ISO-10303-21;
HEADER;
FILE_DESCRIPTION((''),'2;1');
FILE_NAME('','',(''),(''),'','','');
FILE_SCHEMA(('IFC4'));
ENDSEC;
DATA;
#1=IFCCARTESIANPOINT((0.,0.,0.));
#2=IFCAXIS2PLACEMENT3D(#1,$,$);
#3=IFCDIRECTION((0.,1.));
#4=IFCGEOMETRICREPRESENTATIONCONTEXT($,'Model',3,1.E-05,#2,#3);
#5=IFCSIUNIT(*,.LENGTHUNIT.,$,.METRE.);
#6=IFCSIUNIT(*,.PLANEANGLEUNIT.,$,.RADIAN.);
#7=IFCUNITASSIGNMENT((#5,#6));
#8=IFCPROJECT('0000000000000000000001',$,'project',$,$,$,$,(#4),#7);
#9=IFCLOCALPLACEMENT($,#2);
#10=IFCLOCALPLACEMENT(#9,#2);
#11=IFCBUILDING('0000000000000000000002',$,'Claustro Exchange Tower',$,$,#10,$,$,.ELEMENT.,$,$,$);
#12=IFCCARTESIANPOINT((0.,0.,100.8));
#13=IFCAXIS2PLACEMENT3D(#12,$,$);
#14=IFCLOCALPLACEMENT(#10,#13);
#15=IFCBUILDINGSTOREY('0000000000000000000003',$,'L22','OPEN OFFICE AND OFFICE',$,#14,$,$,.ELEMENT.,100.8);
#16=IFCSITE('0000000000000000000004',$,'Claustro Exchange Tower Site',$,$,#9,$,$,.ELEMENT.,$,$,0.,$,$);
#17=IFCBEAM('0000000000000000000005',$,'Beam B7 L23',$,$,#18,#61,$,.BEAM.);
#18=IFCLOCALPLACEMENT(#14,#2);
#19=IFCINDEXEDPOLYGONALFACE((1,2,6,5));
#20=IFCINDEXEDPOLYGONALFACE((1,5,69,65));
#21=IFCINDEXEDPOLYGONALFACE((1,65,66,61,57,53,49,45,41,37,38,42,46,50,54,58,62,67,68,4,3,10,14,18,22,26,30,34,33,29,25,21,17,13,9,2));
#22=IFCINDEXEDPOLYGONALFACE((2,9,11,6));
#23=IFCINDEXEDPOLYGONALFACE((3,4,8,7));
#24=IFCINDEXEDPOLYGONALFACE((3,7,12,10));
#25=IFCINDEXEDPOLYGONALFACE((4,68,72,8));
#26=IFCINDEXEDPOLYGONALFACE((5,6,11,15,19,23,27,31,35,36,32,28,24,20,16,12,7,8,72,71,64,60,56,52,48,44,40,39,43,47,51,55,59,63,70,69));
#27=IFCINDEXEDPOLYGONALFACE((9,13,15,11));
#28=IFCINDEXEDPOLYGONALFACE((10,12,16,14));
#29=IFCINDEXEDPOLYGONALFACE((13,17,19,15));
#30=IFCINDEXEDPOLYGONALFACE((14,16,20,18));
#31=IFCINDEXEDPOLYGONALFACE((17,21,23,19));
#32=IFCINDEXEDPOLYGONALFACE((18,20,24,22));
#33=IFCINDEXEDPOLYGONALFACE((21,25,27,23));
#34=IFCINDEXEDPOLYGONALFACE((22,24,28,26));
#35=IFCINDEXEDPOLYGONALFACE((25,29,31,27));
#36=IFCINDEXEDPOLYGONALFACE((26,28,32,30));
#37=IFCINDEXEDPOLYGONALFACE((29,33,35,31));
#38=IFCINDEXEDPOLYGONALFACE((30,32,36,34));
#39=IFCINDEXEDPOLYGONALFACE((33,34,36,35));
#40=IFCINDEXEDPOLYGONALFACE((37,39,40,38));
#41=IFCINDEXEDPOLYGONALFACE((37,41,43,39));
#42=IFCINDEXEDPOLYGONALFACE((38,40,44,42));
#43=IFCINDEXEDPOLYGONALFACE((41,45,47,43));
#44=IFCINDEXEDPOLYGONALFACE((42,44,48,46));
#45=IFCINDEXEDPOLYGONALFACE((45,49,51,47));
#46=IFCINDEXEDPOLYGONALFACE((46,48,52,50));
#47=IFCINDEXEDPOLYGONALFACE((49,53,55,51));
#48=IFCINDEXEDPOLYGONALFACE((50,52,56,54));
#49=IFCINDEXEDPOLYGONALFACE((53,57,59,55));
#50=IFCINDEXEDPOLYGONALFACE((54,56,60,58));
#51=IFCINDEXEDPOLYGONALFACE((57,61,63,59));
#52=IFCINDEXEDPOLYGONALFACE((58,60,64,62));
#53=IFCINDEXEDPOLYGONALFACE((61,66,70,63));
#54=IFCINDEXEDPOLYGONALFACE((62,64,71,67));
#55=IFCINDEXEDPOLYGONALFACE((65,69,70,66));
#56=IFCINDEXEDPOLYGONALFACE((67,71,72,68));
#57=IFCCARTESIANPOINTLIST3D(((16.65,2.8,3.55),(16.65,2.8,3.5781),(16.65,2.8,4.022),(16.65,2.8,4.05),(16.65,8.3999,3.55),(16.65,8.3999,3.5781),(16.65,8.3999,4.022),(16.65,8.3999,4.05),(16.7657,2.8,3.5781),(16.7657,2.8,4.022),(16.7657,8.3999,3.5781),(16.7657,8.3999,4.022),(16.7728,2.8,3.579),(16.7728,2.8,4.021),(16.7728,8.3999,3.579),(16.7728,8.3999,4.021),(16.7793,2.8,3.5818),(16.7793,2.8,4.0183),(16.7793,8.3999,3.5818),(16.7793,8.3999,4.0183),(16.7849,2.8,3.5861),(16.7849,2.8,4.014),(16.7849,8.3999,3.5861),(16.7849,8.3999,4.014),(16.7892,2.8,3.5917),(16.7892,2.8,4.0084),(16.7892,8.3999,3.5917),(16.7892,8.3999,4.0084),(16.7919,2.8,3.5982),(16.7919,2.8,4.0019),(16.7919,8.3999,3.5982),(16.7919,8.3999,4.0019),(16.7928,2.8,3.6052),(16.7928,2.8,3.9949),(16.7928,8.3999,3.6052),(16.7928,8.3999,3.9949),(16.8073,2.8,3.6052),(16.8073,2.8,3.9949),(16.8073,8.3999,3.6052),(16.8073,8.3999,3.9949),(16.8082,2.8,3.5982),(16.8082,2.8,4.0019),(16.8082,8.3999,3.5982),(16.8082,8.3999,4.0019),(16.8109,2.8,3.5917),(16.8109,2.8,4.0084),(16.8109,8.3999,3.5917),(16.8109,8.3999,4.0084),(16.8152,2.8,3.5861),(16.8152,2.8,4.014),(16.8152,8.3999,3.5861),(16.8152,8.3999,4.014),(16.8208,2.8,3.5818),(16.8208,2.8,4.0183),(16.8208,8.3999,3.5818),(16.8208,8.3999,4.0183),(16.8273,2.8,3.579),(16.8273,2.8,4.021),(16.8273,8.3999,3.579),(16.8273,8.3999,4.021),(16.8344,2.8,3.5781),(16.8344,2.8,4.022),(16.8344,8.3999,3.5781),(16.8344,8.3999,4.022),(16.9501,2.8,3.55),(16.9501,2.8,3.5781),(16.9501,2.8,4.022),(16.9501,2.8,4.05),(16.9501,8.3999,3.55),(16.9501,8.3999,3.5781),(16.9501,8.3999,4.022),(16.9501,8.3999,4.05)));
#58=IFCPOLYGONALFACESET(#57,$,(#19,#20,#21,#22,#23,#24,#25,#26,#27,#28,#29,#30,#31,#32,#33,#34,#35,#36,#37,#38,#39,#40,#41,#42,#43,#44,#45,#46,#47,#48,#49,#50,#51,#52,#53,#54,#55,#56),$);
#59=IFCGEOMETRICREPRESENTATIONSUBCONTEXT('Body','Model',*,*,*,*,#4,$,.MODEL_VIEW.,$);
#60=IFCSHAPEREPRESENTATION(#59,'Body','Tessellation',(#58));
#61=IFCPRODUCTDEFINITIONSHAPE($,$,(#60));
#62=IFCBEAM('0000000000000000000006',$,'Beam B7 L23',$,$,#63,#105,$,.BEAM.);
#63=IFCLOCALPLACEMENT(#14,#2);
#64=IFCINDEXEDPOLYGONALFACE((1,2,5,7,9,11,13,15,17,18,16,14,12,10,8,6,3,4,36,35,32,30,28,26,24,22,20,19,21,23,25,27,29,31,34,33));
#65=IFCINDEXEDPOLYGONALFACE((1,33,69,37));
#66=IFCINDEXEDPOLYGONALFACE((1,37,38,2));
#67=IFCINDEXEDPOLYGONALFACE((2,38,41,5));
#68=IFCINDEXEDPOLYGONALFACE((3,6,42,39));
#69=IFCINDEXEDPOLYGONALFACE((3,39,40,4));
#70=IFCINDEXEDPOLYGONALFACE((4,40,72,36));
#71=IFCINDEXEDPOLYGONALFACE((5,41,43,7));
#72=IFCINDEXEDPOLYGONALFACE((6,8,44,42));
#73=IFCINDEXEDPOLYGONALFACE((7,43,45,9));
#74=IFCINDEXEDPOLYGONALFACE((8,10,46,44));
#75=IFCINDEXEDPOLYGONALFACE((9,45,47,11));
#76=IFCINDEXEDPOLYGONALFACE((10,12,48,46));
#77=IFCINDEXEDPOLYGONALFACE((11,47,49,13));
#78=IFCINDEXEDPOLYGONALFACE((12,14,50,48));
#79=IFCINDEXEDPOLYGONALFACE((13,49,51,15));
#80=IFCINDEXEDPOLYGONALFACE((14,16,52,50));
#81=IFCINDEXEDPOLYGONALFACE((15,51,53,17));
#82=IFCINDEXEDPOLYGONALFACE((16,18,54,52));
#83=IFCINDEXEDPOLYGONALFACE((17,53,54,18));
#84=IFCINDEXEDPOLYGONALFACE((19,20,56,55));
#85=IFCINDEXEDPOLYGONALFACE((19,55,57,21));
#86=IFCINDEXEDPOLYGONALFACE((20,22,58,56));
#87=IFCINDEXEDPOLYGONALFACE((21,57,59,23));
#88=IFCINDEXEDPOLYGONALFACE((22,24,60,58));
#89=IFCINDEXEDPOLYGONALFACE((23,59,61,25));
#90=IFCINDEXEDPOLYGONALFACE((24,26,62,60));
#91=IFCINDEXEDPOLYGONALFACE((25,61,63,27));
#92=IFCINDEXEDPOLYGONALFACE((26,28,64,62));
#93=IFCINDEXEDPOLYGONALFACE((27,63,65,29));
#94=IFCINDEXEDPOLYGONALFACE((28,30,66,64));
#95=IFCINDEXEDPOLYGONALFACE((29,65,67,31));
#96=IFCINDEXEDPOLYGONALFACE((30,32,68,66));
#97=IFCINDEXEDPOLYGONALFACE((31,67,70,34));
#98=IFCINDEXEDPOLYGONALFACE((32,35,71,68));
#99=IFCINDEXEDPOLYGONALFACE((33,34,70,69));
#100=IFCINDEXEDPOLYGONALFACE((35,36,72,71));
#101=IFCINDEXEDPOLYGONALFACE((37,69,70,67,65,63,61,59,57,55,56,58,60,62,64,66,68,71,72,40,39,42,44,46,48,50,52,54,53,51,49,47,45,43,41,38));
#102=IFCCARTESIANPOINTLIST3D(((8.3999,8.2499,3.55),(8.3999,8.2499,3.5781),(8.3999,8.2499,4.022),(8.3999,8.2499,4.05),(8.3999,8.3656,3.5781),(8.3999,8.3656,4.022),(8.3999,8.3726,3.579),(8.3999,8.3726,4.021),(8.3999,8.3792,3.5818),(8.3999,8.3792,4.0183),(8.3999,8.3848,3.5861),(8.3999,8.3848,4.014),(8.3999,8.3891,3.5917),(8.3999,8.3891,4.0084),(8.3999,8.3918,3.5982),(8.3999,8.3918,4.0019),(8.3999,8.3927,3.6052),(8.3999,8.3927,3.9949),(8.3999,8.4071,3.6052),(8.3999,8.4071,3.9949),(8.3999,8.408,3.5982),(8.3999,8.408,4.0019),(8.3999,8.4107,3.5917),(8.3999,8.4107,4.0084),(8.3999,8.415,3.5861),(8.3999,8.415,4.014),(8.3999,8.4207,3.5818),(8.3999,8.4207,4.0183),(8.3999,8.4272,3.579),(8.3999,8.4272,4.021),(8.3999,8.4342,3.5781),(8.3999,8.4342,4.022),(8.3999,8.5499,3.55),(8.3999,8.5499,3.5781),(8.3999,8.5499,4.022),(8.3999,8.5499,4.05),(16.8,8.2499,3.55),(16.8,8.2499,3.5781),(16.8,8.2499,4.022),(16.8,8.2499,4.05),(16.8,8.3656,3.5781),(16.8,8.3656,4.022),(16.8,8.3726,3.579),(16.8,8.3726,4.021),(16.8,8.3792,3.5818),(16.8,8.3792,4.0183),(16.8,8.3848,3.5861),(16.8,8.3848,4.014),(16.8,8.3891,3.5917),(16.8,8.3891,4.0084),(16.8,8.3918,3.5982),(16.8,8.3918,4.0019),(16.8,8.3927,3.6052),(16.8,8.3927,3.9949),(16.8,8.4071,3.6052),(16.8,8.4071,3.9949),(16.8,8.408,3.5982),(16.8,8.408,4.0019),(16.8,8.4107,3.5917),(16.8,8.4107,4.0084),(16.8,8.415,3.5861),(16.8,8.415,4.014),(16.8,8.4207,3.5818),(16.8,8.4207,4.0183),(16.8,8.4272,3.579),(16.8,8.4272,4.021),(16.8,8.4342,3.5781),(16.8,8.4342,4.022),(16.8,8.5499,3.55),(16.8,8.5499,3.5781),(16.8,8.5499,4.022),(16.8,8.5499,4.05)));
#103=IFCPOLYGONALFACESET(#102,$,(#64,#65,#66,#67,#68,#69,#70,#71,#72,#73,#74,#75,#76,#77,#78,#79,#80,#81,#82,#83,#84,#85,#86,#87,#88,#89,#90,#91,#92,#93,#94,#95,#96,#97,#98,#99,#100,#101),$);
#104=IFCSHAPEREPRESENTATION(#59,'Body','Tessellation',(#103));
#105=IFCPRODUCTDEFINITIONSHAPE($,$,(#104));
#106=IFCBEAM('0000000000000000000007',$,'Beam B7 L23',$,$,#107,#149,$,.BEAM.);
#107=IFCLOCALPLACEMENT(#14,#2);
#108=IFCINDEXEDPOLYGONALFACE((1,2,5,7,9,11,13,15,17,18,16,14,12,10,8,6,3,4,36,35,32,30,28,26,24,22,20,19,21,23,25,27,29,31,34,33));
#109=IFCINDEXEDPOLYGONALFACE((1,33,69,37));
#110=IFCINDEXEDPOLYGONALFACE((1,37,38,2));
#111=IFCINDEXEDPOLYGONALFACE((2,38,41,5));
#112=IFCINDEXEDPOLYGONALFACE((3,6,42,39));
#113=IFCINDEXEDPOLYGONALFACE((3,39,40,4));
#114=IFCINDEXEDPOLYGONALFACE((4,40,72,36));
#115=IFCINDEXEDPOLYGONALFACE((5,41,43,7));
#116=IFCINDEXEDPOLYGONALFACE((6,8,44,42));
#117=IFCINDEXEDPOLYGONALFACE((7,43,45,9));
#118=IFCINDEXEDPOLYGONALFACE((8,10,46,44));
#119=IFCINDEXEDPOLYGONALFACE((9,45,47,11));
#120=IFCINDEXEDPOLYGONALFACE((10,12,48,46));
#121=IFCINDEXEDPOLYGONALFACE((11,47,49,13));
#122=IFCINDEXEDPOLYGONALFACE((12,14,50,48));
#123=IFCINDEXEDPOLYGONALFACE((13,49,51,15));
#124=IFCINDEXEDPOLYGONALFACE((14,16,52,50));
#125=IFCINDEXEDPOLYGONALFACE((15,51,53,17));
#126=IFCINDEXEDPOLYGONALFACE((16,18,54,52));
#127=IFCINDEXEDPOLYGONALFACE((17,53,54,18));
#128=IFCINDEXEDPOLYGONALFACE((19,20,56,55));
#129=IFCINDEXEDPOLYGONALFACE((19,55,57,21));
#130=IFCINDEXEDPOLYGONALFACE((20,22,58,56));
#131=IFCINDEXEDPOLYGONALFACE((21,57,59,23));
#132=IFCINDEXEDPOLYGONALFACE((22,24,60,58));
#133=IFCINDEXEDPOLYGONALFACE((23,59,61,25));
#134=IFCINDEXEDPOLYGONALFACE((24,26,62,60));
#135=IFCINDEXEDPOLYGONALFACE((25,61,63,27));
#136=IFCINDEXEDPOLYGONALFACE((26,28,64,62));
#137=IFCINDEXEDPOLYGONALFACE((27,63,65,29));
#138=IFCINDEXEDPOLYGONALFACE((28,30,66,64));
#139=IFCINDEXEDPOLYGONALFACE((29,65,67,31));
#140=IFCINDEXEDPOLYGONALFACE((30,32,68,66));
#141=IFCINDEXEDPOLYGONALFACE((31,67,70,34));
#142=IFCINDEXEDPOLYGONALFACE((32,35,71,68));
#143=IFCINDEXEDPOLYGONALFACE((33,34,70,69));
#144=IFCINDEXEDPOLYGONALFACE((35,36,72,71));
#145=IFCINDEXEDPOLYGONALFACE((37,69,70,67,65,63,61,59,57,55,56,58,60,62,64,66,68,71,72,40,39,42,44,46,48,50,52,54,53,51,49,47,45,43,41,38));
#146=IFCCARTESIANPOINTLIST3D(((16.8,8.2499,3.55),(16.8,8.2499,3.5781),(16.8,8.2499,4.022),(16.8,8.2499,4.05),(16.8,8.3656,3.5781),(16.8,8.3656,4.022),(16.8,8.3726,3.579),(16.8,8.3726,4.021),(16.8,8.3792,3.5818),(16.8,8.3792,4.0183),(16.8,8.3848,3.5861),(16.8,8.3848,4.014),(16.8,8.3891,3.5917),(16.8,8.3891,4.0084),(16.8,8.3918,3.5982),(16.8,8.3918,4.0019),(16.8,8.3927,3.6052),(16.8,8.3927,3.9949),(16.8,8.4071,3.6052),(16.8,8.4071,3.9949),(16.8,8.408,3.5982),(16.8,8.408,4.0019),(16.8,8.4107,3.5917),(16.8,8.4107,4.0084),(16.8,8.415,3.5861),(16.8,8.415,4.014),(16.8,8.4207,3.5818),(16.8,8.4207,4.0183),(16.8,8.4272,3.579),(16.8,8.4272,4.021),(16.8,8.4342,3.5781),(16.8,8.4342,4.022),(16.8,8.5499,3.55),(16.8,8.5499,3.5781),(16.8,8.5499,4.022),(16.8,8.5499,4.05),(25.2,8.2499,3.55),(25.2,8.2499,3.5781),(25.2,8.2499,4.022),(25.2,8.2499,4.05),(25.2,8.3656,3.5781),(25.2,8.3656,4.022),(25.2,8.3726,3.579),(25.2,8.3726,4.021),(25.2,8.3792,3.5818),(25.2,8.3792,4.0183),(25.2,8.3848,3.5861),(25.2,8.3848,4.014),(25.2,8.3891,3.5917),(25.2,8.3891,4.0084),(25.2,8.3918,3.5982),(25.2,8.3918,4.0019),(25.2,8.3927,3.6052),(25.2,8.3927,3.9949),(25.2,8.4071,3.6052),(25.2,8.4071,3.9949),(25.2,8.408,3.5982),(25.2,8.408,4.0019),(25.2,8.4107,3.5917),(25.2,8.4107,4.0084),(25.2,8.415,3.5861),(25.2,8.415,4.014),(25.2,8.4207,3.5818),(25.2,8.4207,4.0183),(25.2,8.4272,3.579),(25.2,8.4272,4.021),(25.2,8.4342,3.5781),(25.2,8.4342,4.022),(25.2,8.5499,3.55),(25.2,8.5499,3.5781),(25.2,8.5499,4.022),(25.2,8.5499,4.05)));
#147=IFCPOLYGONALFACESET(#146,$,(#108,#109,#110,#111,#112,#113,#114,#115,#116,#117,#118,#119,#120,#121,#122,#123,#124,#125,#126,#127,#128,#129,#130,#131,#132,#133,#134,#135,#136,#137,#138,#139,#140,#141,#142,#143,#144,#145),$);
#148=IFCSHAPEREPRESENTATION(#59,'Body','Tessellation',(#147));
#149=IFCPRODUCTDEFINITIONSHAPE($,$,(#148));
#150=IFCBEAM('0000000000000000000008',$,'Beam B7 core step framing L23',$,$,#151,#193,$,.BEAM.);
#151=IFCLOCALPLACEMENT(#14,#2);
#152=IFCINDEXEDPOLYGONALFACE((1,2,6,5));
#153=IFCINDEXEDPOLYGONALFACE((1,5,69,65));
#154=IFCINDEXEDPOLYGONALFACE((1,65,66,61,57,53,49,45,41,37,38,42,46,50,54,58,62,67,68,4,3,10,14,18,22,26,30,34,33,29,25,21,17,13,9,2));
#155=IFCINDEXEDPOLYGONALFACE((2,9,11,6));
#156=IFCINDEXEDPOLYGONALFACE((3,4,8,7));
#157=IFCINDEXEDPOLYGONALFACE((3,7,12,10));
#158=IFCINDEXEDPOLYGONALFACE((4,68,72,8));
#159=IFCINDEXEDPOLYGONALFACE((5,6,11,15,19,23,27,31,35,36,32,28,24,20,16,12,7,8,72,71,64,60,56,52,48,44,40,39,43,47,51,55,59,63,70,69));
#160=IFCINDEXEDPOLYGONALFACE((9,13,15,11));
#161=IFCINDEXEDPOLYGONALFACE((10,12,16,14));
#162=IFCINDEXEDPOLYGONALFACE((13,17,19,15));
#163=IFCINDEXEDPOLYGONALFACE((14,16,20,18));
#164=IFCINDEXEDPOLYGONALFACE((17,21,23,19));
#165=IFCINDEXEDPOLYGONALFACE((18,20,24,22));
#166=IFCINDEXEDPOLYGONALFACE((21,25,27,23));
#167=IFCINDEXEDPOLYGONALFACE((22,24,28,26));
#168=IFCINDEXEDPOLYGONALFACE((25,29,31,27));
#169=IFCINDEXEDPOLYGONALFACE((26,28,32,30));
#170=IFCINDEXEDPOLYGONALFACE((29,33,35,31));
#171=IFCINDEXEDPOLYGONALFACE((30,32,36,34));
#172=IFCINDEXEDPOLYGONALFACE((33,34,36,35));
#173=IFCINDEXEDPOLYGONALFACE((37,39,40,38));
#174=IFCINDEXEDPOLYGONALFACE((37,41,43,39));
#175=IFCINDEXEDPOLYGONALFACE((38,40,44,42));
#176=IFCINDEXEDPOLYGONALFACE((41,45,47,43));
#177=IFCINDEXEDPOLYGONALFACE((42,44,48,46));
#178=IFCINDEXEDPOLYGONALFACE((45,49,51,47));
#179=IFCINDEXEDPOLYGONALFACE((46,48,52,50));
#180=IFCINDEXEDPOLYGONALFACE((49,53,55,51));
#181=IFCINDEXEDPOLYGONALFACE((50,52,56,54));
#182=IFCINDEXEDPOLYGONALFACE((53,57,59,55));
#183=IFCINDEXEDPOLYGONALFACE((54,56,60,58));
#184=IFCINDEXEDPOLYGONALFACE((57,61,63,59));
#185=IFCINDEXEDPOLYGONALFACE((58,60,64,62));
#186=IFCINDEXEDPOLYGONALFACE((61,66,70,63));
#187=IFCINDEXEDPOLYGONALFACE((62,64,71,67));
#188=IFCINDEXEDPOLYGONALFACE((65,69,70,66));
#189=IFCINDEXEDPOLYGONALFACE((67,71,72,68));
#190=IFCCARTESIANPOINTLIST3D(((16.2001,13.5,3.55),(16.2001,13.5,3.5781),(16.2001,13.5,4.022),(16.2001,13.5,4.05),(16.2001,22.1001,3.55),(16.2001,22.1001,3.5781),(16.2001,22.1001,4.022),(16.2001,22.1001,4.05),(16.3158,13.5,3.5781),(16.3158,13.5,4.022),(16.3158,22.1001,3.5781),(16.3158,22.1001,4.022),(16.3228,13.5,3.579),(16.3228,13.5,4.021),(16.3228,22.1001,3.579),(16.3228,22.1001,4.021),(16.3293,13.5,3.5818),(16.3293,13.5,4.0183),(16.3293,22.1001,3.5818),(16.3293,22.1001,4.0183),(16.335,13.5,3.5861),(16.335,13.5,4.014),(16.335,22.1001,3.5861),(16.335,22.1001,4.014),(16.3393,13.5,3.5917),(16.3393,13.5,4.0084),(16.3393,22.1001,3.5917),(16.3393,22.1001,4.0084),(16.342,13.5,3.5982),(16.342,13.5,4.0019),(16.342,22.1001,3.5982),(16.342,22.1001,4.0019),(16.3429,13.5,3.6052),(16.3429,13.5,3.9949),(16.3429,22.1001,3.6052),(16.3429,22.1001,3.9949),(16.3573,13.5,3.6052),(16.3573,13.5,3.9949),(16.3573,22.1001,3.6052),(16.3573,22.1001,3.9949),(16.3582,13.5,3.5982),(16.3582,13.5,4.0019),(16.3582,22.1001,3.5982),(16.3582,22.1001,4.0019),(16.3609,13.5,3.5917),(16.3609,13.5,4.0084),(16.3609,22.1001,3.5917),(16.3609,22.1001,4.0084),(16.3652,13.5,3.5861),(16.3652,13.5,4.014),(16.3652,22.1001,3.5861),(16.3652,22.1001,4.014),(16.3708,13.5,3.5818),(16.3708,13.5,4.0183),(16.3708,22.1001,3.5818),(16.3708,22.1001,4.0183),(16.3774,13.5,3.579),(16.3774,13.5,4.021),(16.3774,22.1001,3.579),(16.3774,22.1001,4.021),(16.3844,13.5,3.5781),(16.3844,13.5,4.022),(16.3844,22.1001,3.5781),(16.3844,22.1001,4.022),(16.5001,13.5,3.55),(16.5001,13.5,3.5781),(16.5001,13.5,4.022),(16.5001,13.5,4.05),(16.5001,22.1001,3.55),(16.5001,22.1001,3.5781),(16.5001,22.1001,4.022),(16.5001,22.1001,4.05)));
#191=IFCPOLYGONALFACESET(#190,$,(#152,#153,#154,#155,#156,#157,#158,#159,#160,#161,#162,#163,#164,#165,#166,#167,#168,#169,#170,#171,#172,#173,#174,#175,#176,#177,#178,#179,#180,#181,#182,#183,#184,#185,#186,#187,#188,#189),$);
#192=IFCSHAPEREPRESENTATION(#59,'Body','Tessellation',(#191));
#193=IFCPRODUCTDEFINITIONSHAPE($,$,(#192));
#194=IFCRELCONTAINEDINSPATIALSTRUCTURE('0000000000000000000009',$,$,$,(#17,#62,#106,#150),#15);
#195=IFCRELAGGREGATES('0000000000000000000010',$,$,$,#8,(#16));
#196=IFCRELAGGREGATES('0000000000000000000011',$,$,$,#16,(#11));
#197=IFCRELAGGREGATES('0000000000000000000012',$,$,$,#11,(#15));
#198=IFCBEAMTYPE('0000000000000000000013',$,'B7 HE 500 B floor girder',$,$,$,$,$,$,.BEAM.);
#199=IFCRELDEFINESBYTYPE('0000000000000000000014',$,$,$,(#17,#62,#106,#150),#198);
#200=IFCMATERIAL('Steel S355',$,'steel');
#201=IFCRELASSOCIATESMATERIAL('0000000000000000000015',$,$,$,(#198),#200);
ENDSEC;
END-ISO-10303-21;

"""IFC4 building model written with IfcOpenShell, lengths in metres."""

from ifc_helpers import new_model, si_unit, direction, frame, origin, origin_2d, place, context, subcontext, project, spatial, i_section, extrude, material, material_profile, profile_set, type_object, element, save


model = new_model("IFC4")

# Units and contexts
model_context = context("Model", 3, precision=1e-05, world=origin(), true_north=direction((0.0, 1.0)))
body_context = subcontext(model_context, "Body", "Model", "MODEL_VIEW")
ifc_project = project(units=[si_unit("LENGTHUNIT", "METRE"), si_unit("PLANEANGLEUNIT", "RADIAN")], contexts=[model_context])

# Site, building, storey
site_placement = place(None, origin())
site = spatial("IfcSite", under=ifc_project, at=site_placement, Name="Claustro Exchange Tower Site", CompositionType="ELEMENT", RefElevation=0.0)
building_placement = place(site_placement, origin())
building = spatial("IfcBuilding", under=site, at=building_placement, Name="Claustro Exchange Tower", CompositionType="ELEMENT")
storey_placement = place(building_placement, frame((0.0, 0.0, 100.8)))
storey = spatial("IfcBuildingStorey", under=building, at=storey_placement, Name="L22", Description="OPEN OFFICE AND OFFICE", CompositionType="ELEMENT", Elevation=100.8)

# Beams
ifc_material_1 = material(Name="Steel S355", Category="steel")
ifc_material_profile_1 = material_profile(ifc_material_1, i_section(OverallWidth=0.3, OverallDepth=0.5, WebThickness=0.0144, FlangeThickness=0.0281, FilletRadius=0.0271, at=origin_2d()), Name="HE 500 B")
ifc_profile_set_1 = profile_set([ifc_material_profile_1], Name="Steel S355")
beam_type_1 = type_object("IfcBeamType", Name="B7 HE 500 B floor girder", PredefinedType="BEAM", material=ifc_profile_set_1)
beam_1_placement = place(storey_placement, frame((16.8, 2.8, 3.8), z_axis=(0.0, 1.0, 0.0), x_axis=(-1.0, 0.0, 0.0)))
element("IfcBeam", 1, at=beam_1_placement, inside=storey, type_object=beam_type_1, Name="Beam B7 L23", PredefinedType="BEAM", context=body_context, shape_type="SweptSolid", body=[
    extrude(i_section(OverallWidth=0.3, OverallDepth=0.5, WebThickness=0.0144, FlangeThickness=0.0281, FilletRadius=0.0271, at=origin_2d()), origin(), (0.0, 0.0, 1.0), 5.5999),
])
beam_2_placement = place(storey_placement, frame((8.3999, 8.3999, 3.8), z_axis=(1.0, 0.0, 0.0), x_axis=(0.0, 1.0, 0.0)))
element("IfcBeam", 2, at=beam_2_placement, inside=storey, type_object=beam_type_1, Name="Beam B7 L23", PredefinedType="BEAM", context=body_context, shape_type="SweptSolid", body=[
    extrude(i_section(OverallWidth=0.3, OverallDepth=0.5, WebThickness=0.0144, FlangeThickness=0.0281, FilletRadius=0.0271, at=origin_2d()), origin(), (0.0, 0.0, 1.0), 8.4001),
])
beam_3_placement = place(storey_placement, frame((16.8, 8.3999, 3.8), z_axis=(1.0, 0.0, 0.0), x_axis=(0.0, 1.0, 0.0)))
element("IfcBeam", 3, at=beam_3_placement, inside=storey, type_object=beam_type_1, Name="Beam B7 L23", PredefinedType="BEAM", context=body_context, shape_type="SweptSolid", body=[
    extrude(i_section(OverallWidth=0.3, OverallDepth=0.5, WebThickness=0.0144, FlangeThickness=0.0281, FilletRadius=0.0271, at=origin_2d()), origin(), (0.0, 0.0, 1.0), 8.3999),
])
beam_4_placement = place(storey_placement, frame((16.3501, 13.5, 3.8), z_axis=(0.0, 1.0, 0.0), x_axis=(-1.0, 0.0, 0.0)))
element("IfcBeam", 4, at=beam_4_placement, inside=storey, type_object=beam_type_1, Name="Beam B7 core step framing L23", PredefinedType="BEAM", context=body_context, shape_type="SweptSolid", body=[
    extrude(i_section(OverallWidth=0.3, OverallDepth=0.5, WebThickness=0.0144, FlangeThickness=0.0281, FilletRadius=0.0271, at=origin_2d()), origin(), (0.0, 0.0, 1.0), 8.6001),
])

save(model, "model.ifc")
